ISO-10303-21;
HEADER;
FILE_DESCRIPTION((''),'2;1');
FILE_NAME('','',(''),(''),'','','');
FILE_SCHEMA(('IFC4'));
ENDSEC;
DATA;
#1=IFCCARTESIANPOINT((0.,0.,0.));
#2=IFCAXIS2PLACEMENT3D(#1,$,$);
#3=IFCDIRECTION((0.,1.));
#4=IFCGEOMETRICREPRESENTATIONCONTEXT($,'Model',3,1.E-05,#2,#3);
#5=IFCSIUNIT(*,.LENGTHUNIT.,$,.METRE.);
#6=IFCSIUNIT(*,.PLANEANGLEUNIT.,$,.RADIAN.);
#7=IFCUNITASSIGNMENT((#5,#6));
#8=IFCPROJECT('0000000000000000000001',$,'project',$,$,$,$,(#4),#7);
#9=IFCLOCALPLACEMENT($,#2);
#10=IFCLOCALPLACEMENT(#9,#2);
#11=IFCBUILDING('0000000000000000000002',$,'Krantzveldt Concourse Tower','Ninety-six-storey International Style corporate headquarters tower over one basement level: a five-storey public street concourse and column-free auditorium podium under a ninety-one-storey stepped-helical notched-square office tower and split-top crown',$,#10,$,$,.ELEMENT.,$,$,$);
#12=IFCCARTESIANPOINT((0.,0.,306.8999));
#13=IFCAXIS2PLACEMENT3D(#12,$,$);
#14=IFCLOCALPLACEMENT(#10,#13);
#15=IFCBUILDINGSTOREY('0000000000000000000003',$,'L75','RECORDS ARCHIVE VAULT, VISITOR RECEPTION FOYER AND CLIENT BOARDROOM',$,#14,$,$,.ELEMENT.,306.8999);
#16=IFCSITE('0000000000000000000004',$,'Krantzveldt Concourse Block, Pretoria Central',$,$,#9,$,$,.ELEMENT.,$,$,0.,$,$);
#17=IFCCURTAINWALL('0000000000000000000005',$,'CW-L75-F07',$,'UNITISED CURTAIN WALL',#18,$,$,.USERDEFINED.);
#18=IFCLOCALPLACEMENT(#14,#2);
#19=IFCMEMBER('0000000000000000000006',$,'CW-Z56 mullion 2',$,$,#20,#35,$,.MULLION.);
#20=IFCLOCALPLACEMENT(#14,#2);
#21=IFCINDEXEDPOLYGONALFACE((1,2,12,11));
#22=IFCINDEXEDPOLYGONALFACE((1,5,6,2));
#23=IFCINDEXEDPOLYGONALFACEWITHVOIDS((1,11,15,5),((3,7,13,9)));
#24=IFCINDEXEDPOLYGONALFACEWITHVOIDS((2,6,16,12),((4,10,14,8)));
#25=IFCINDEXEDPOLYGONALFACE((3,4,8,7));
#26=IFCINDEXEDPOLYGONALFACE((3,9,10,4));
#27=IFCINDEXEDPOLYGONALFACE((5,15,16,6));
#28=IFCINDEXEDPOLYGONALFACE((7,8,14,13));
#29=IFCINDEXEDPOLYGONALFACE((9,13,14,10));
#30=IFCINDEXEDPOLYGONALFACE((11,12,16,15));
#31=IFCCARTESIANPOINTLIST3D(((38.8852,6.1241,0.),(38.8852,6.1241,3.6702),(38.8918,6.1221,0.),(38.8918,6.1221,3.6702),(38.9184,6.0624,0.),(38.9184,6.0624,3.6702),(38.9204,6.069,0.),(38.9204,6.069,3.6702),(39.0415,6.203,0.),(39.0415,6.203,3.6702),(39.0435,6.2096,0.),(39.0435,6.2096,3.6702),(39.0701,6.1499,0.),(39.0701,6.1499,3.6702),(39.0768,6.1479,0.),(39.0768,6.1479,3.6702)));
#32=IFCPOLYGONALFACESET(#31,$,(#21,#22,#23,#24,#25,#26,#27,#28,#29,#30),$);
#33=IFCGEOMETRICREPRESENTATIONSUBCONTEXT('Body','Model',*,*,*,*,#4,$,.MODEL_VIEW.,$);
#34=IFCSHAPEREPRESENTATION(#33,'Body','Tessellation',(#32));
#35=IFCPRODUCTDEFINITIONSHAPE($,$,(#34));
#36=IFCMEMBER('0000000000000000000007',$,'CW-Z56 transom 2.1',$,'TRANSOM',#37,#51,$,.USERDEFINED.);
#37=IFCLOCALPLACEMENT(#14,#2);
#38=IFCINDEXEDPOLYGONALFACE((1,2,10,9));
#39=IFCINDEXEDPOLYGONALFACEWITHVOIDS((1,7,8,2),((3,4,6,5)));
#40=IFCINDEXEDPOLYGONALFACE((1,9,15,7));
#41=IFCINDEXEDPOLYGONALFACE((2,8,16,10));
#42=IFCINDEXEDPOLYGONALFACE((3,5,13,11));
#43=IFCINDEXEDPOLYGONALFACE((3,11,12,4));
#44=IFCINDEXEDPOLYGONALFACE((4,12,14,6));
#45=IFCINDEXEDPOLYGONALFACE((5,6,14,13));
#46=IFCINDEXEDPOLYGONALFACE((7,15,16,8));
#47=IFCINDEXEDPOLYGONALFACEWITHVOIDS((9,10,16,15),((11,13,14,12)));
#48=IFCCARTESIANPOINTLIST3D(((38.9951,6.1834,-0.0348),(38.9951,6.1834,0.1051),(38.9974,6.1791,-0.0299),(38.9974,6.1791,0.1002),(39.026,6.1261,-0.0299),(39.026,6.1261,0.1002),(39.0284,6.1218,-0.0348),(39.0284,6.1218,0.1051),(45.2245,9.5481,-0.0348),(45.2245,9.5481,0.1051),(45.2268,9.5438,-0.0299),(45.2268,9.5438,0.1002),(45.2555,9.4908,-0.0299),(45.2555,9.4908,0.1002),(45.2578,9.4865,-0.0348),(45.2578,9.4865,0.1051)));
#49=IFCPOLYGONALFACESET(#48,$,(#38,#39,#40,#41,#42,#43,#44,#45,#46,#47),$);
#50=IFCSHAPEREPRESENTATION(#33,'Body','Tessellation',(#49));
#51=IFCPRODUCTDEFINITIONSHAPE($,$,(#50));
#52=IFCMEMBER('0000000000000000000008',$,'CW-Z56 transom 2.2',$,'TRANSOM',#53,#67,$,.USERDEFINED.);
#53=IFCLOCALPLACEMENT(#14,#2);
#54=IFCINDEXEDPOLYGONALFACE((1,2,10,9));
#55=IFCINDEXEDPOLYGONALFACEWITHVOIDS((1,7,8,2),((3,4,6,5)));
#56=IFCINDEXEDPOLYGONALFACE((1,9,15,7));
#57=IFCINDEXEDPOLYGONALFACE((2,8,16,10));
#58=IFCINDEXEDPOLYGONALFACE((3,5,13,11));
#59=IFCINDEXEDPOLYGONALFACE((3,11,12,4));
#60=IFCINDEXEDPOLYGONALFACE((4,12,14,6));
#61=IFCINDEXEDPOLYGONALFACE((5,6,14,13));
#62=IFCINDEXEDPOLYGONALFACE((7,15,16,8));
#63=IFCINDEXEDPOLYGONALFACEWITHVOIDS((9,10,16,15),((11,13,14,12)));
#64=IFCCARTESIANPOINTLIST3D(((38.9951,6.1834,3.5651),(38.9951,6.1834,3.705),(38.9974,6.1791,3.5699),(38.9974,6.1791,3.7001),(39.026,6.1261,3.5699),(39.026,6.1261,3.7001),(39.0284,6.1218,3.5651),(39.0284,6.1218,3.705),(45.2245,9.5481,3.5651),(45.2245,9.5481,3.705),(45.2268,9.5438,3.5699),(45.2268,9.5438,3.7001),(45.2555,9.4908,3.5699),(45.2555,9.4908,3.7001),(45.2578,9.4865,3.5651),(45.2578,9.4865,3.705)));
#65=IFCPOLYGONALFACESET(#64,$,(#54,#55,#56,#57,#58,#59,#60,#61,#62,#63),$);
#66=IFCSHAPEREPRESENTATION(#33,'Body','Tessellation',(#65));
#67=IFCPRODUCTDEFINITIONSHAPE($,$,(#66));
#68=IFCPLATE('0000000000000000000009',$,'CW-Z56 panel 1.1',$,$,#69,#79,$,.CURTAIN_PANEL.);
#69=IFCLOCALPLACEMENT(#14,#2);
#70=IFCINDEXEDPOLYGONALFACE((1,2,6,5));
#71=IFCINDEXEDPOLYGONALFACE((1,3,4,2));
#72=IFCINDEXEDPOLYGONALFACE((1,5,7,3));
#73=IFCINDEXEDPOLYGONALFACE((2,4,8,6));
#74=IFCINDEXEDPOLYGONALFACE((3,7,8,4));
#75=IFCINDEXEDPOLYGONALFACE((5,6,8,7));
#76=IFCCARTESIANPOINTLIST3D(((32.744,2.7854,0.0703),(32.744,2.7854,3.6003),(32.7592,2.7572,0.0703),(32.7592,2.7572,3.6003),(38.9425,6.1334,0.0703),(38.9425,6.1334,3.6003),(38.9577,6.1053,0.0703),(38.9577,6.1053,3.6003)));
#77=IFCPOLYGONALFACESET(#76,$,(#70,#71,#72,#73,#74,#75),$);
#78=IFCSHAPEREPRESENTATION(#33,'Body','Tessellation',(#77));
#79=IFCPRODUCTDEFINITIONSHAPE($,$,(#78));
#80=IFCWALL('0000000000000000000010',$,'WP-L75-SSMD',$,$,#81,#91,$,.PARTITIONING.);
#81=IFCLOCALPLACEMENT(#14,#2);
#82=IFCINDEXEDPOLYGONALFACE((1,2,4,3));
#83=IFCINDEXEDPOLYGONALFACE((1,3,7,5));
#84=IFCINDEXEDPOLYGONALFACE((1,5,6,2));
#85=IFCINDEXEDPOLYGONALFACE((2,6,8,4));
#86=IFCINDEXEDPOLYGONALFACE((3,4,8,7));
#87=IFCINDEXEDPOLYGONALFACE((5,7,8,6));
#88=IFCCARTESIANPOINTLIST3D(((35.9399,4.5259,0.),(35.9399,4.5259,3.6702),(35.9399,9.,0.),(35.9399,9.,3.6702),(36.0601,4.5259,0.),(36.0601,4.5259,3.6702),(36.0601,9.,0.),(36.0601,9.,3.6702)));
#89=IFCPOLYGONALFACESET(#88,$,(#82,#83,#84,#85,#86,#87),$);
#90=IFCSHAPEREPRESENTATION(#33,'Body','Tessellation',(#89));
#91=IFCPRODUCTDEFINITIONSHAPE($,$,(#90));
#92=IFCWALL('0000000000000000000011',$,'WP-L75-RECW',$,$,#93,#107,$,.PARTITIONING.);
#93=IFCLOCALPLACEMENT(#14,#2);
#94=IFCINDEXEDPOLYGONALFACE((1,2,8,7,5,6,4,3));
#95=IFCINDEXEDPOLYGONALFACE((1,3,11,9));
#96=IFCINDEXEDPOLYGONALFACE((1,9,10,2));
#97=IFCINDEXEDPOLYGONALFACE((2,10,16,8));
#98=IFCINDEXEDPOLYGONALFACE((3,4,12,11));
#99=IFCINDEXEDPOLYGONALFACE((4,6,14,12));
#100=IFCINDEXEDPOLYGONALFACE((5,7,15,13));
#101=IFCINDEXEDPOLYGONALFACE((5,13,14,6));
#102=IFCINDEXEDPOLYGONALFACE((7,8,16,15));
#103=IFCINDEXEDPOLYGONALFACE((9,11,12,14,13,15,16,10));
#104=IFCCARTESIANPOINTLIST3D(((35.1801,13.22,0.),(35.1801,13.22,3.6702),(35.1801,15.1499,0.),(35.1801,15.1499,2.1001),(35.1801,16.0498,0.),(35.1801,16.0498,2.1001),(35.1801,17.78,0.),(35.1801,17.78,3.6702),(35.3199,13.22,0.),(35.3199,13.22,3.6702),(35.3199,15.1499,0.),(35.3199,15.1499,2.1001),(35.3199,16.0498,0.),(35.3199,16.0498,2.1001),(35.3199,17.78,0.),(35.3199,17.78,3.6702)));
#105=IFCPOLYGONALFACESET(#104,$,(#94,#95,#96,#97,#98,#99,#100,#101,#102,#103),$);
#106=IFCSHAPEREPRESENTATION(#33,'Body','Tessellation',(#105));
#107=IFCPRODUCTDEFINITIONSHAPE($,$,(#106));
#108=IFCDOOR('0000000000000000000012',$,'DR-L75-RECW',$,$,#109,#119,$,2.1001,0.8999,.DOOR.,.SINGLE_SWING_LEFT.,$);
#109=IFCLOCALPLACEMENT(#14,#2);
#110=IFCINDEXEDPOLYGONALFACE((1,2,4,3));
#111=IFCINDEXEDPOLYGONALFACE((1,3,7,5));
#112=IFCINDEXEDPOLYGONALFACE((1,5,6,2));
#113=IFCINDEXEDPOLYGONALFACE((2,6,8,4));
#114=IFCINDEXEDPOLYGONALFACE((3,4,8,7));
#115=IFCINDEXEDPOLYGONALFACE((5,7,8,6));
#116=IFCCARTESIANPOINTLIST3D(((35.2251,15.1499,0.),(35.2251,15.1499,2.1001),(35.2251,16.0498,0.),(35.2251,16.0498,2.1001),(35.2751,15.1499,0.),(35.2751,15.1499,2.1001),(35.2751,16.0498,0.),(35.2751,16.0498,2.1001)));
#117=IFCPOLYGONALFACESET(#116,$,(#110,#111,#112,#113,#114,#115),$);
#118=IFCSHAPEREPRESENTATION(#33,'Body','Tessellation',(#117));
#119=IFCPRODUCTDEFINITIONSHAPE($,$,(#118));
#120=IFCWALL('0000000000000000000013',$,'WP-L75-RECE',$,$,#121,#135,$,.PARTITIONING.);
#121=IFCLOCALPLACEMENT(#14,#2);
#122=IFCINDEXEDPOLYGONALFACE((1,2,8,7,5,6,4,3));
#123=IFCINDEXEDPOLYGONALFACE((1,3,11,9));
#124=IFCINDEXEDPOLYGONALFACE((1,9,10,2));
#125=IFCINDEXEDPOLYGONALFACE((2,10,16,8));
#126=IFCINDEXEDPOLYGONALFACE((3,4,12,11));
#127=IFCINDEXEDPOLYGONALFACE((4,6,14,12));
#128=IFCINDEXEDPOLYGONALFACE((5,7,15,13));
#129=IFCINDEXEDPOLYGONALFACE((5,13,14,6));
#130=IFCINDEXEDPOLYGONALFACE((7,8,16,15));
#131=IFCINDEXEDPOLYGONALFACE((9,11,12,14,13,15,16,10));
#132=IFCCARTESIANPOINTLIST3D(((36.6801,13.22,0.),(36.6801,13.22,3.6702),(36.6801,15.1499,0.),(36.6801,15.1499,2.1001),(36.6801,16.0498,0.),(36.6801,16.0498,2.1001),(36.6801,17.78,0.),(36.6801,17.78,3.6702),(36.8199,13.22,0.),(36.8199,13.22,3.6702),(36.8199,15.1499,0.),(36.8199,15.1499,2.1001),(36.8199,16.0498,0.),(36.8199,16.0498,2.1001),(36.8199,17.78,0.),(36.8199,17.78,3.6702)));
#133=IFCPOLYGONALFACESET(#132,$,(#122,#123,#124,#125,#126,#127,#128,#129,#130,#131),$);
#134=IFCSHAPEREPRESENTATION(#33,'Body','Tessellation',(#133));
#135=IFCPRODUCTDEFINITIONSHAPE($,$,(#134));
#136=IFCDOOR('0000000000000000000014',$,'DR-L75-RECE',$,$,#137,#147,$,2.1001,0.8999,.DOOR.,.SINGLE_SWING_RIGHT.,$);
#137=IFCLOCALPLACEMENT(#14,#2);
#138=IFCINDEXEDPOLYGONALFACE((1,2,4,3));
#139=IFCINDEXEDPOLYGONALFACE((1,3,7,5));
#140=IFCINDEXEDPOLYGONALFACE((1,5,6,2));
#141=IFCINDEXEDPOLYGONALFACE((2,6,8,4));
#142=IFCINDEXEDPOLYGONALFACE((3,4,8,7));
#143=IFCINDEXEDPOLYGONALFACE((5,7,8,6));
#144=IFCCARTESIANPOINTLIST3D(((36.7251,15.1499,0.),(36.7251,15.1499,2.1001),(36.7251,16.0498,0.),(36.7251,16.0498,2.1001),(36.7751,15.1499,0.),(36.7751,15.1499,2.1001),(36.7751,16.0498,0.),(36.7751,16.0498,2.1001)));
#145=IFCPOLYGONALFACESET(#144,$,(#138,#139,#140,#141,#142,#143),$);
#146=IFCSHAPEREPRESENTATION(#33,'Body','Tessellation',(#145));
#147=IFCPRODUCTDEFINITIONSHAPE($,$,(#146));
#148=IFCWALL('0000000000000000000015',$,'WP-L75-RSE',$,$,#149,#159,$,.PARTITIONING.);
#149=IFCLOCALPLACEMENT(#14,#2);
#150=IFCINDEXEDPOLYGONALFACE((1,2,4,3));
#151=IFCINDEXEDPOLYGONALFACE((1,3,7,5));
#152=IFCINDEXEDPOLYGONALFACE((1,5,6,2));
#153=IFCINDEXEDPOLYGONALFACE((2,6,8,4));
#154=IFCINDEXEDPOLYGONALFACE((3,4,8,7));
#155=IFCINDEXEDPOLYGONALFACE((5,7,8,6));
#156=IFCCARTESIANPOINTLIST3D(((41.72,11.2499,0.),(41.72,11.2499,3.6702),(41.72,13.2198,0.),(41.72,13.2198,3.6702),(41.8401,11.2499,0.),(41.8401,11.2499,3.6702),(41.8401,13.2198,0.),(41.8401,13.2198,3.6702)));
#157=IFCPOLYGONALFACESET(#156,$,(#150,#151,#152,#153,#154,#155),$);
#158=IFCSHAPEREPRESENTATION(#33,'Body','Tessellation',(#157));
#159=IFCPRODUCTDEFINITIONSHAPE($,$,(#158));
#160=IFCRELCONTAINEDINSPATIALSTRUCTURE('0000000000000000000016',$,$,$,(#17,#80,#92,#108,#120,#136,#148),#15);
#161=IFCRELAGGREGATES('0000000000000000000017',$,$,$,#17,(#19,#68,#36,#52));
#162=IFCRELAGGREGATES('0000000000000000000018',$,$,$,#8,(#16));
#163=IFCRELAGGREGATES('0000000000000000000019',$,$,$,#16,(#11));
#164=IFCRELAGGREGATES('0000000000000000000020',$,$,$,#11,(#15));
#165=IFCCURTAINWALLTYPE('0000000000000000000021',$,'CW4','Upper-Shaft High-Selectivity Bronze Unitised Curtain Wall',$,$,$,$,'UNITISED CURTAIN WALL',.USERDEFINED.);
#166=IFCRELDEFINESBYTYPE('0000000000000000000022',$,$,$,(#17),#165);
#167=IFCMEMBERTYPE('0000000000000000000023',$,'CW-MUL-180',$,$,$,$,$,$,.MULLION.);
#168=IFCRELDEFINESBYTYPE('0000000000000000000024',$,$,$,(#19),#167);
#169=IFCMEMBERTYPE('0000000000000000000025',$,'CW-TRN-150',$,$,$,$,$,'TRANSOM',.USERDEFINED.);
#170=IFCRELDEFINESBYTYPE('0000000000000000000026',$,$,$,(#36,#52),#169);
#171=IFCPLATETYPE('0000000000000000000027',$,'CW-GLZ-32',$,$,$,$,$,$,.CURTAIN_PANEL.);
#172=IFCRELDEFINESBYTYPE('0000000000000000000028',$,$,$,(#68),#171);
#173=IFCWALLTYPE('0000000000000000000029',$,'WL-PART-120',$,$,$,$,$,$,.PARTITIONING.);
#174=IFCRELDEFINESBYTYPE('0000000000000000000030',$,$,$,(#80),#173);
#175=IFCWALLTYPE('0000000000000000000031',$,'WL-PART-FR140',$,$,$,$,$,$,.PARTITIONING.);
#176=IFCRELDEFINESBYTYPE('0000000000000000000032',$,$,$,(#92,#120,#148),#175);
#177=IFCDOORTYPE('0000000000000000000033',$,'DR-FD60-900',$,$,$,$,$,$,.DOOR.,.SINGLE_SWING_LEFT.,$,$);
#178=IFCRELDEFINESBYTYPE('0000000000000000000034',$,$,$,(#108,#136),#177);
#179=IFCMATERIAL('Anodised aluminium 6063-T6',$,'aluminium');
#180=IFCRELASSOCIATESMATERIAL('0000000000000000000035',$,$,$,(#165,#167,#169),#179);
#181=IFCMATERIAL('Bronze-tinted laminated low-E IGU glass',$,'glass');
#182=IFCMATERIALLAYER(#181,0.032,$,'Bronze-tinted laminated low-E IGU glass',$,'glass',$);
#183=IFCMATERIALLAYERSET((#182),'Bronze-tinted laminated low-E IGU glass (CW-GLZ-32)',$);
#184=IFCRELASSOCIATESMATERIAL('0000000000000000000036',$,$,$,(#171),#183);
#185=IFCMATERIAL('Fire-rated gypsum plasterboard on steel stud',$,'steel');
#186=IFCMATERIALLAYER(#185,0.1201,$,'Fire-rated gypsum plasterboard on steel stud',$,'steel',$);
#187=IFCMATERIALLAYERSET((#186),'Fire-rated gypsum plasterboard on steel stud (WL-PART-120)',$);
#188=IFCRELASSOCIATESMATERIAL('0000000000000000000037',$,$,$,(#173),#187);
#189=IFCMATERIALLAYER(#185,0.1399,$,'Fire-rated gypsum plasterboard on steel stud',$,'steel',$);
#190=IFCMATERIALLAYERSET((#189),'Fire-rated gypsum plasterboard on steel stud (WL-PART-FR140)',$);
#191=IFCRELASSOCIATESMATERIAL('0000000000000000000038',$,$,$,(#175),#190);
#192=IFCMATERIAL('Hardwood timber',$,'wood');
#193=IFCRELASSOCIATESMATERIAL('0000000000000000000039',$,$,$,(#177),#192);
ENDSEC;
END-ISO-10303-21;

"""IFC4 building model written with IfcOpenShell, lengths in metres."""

from ifc_helpers import new_model, si_unit, direction, frame, frame_2d, origin, origin_2d, place, context, subcontext, project, spatial, rectangle, hollow_rectangle, extrude, source, transform, mapped, material, layer, layer_set, material_profile, profile_set, type_object, type_shapes, element, fill, aggregate, save


model = new_model("IFC4")

# Units and contexts
model_context = context("Model", 3, precision=1e-05, world=origin(), true_north=direction((0.0, 1.0)))
body_context = subcontext(model_context, "Body", "Model", "MODEL_VIEW")
ifc_project = project(units=[si_unit("LENGTHUNIT", "METRE"), si_unit("PLANEANGLEUNIT", "RADIAN")], contexts=[model_context])

# Site, building, storey
site_placement = place(None, origin())
site = spatial("IfcSite", under=ifc_project, at=site_placement, Name="Krantzveldt Concourse Block, Pretoria Central", CompositionType="ELEMENT", RefElevation=0.0)
building_placement = place(site_placement, origin())
building = spatial("IfcBuilding", under=site, at=building_placement, Name="Krantzveldt Concourse Tower", Description="Ninety-six-storey International Style corporate headquarters tower over one basement level: a five-storey public street concourse and column-free auditorium podium under a ninety-one-storey stepped-helical notched-square office tower and split-top crown", CompositionType="ELEMENT")
storey_placement = place(building_placement, frame((0.0, 0.0, 306.8999)))
storey = spatial("IfcBuildingStorey", under=building, at=storey_placement, Name="L75", Description="RECORDS ARCHIVE VAULT, VISITOR RECEPTION FOYER AND CLIENT BOARDROOM", CompositionType="ELEMENT", Elevation=306.8999)

# Curtain wall, members, plate
ifc_material_1 = material(Name="Anodised aluminium 6063-T6", Category="aluminium")
curtain_wall_type = type_object("IfcCurtainWallType", Name="CW4", Description="Upper-Shaft High-Selectivity Bronze Unitised Curtain Wall", ElementType="UNITISED CURTAIN WALL", PredefinedType="USERDEFINED", material=ifc_material_1)
curtain_wall_placement = place(storey_placement, origin())
curtain_wall = element("IfcCurtainWall", 1, at=curtain_wall_placement, inside=storey, type_object=curtain_wall_type, Name="CW-L75-F07", ObjectType="UNITISED CURTAIN WALL", PredefinedType="USERDEFINED")
ifc_material_profile_1 = material_profile(ifc_material_1, hollow_rectangle(XDim=0.0701, YDim=0.1799, WallThickness=0.0049, at=origin_2d()), Name="Anodised aluminium 6063-T6", Category="aluminium")
ifc_profile_set_1 = profile_set([ifc_material_profile_1], Name="Anodised aluminium 6063-T6 - ALU-MULL 180x70x5")
member_type_1 = type_object("IfcMemberType", Name="CW-MUL-180", PredefinedType="MULLION", material=ifc_profile_set_1)
shared_shape_1 = source(origin(), body_context, "Body", "SweptSolid", [
    extrude(hollow_rectangle(XDim=0.0701, YDim=0.1799, WallThickness=0.0049, at=origin_2d()), origin(), (0.0, 0.0, 1.0), 3.6702),
])
type_shapes(member_type_1, [shared_shape_1])
member_1_placement = place(storey_placement, frame((38.981, 6.136, 0.0), z_axis=(0.0, 0.0, 1.0), x_axis=(-0.47524, 0.879856, 0.0)))
member_1 = element("IfcMember", 2, at=member_1_placement, type_object=member_type_1, Name="CW-Z56 mullion 2", PredefinedType="MULLION", context=body_context, shape_type="MappedRepresentation", body=[
    mapped(shared_shape_1, transform((0.0, 0.0, 0.0), x_axis=(1.0, 0.0, 0.0), y_axis=(0.0, 1.0, 0.0), z_axis=(0.0, 0.0, 1.0), scale=1.0)),
])
ifc_material_profile_2 = material_profile(ifc_material_1, hollow_rectangle(XDim=0.0701, YDim=0.1399, WallThickness=0.0049, at=origin_2d()), Name="Anodised aluminium 6063-T6", Category="aluminium")
ifc_profile_set_2 = profile_set([ifc_material_profile_2], Name="Anodised aluminium 6063-T6 - ALU-TRAN 140x70x5")
member_type_2 = type_object("IfcMemberType", Name="CW-TRN-150", ElementType="TRANSOM", PredefinedType="USERDEFINED", material=ifc_profile_set_2)
shared_shape_2 = source(origin(), body_context, "Body", "SweptSolid", [
    extrude(hollow_rectangle(XDim=0.0701, YDim=0.1399, WallThickness=0.0049, at=origin_2d()), origin(), (0.0, 0.0, 1.0), 7.0801),
])
type_shapes(member_type_2, [shared_shape_2])
member_2_placement = place(storey_placement, frame((39.0117, 6.1526, 0.0352), z_axis=(0.879857, 0.475239, 0.0), x_axis=(-0.475239, 0.879857, 0.0)))
member_2 = element("IfcMember", 3, at=member_2_placement, type_object=member_type_2, Name="CW-Z56 transom 2.1", ObjectType="TRANSOM", PredefinedType="USERDEFINED", context=body_context, shape_type="MappedRepresentation", body=[
    mapped(shared_shape_2, transform((0.0, 0.0, 0.0), x_axis=(1.0, 0.0, 0.0), y_axis=(0.0, 1.0, 0.0), z_axis=(0.0, 0.0, 1.0), scale=1.0)),
])
member_3_placement = place(storey_placement, frame((39.0117, 6.1526, 3.635), z_axis=(0.879857, 0.475239, 0.0), x_axis=(-0.475239, 0.879857, 0.0)))
member_3 = element("IfcMember", 4, at=member_3_placement, type_object=member_type_2, Name="CW-Z56 transom 2.2", ObjectType="TRANSOM", PredefinedType="USERDEFINED", context=body_context, shape_type="MappedRepresentation", body=[
    mapped(shared_shape_2, transform((0.0, 0.0, 0.0), x_axis=(1.0, 0.0, 0.0), y_axis=(0.0, 1.0, 0.0), z_axis=(0.0, 0.0, 1.0), scale=1.0)),
])
ifc_material_2 = material(Name="Bronze-tinted laminated low-E IGU glass", Category="glass")
ifc_layer_1 = layer(ifc_material_2, 0.032, Name="Bronze-tinted laminated low-E IGU glass", Category="glass")
ifc_layer_set_1 = layer_set([ifc_layer_1], Name="Bronze-tinted laminated low-E IGU glass (CW-GLZ-32)")
plate_type = type_object("IfcPlateType", Name="CW-GLZ-32", PredefinedType="CURTAIN_PANEL", material=ifc_layer_set_1)
shared_shape_3 = source(origin(), body_context, "Body", "SweptSolid", [
    extrude(rectangle(XDim=7.0449, YDim=0.032, at=origin_2d()), origin(), (0.0, 0.0, 1.0), 3.53),
])
type_shapes(plate_type, [shared_shape_3])
plate_placement = place(storey_placement, frame((35.8508, 4.4453, 0.0703), z_axis=(0.0, 0.0, 1.0), x_axis=(0.879856, 0.47524, 0.0)))
plate = element("IfcPlate", 5, at=plate_placement, type_object=plate_type, Name="CW-Z56 panel 1.1", PredefinedType="CURTAIN_PANEL", context=body_context, shape_type="MappedRepresentation", body=[
    mapped(shared_shape_3, transform((0.0, 0.0, 0.0), x_axis=(1.0, 0.0, 0.0), y_axis=(0.0, 1.0, 0.0), z_axis=(0.0, 0.0, 1.0), scale=1.0)),
])
aggregate(curtain_wall, [member_1, plate, member_2, member_3])

# Wall
ifc_material_3 = material(Name="Fire-rated gypsum plasterboard on steel stud", Category="steel")
ifc_layer_2 = layer(ifc_material_3, 0.1201, Name="Fire-rated gypsum plasterboard on steel stud", Category="steel")
ifc_layer_set_2 = layer_set([ifc_layer_2], Name="Fire-rated gypsum plasterboard on steel stud (WL-PART-120)")
wall_type_1 = type_object("IfcWallType", Name="WL-PART-120", PredefinedType="PARTITIONING", material=ifc_layer_set_2)
wall_1_placement = place(storey_placement, frame((36.0, 4.5259, 0.0), z_axis=(0.0, 0.0, 1.0), x_axis=(0.0, 1.0, 0.0)))
element("IfcWall", 6, at=wall_1_placement, inside=storey, type_object=wall_type_1, Name="WP-L75-SSMD", PredefinedType="PARTITIONING", context=body_context, shape_type="SweptSolid", body=[
    extrude(rectangle(XDim=4.4741, YDim=0.1201, at=frame_2d((2.2371, 0.0))), origin(), (0.0, 0.0, 1.0), 3.6702),
])

# Walls, openings, doors
ifc_layer_3 = layer(ifc_material_3, 0.1399, Name="Fire-rated gypsum plasterboard on steel stud", Category="steel")
ifc_layer_set_3 = layer_set([ifc_layer_3], Name="Fire-rated gypsum plasterboard on steel stud (WL-PART-FR140)")
wall_type_2 = type_object("IfcWallType", Name="WL-PART-FR140", PredefinedType="PARTITIONING", material=ifc_layer_set_3)
wall_2_placement = place(storey_placement, frame((35.25, 13.22, 0.0), z_axis=(0.0, 0.0, 1.0), x_axis=(0.0, 1.0, 0.0)))
wall_2 = element("IfcWall", 7, at=wall_2_placement, inside=storey, type_object=wall_type_2, Name="WP-L75-RECW", PredefinedType="PARTITIONING", context=body_context, shape_type="SweptSolid", body=[
    extrude(rectangle(XDim=4.5601, YDim=0.1399, at=frame_2d((2.28, 0.0))), origin(), (0.0, 0.0, 1.0), 3.6702),
])
opening_1_placement = place(wall_2_placement, frame((1.9299, 0.0, 0.0)))
opening_1 = element("IfcOpeningElement", 8, at=opening_1_placement, cuts=wall_2, PredefinedType="OPENING", context=body_context, shape_type="SweptSolid", body=[
    extrude(rectangle(XDim=0.8999, YDim=2.1001, at=frame_2d((0.45, 1.05))), frame((0.0, 0.0801, 0.0), z_axis=(0.0, -1.0, 0.0), x_axis=(1.0, 0.0, 0.0)), (0.0, 0.0, 1.0), 0.1599),
])
ifc_material_4 = material(Name="Hardwood timber", Category="wood")
door_type_1 = type_object("IfcDoorType", Name="DR-FD60-900", OperationType="SINGLE_SWING_LEFT", PredefinedType="DOOR", material=ifc_material_4)
door_1_placement = place(opening_1_placement, origin())
door_1 = element("IfcDoor", 9, at=door_1_placement, inside=storey, type_object=door_type_1, Name="DR-L75-RECW", OperationType="SINGLE_SWING_LEFT", OverallHeight=2.1001, OverallWidth=0.8999, PredefinedType="DOOR", context=body_context, shape_type="SweptSolid", body=[
    extrude(rectangle(XDim=0.8999, YDim=2.1001, at=frame_2d((0.45, 1.05))), frame((0.0, 0.0249, 0.0), z_axis=(0.0, -1.0, 0.0), x_axis=(1.0, 0.0, 0.0)), (0.0, 0.0, 1.0), 0.05),
])
fill(opening_1, door_1)
wall_3_placement = place(storey_placement, frame((36.75, 13.22, 0.0), z_axis=(0.0, 0.0, 1.0), x_axis=(0.0, 1.0, 0.0)))
wall_3 = element("IfcWall", 10, at=wall_3_placement, inside=storey, type_object=wall_type_2, Name="WP-L75-RECE", PredefinedType="PARTITIONING", context=body_context, shape_type="SweptSolid", body=[
    extrude(rectangle(XDim=4.5601, YDim=0.1399, at=frame_2d((2.28, 0.0))), origin(), (0.0, 0.0, 1.0), 3.6702),
])
opening_2_placement = place(wall_3_placement, frame((1.9299, 0.0, 0.0)))
opening_2 = element("IfcOpeningElement", 11, at=opening_2_placement, cuts=wall_3, PredefinedType="OPENING", context=body_context, shape_type="SweptSolid", body=[
    extrude(rectangle(XDim=0.8999, YDim=2.1001, at=frame_2d((0.45, 1.05))), frame((0.0, 0.0801, 0.0), z_axis=(0.0, -1.0, 0.0), x_axis=(1.0, 0.0, 0.0)), (0.0, 0.0, 1.0), 0.1599),
])
door_2_placement = place(opening_2_placement, origin())
door_2 = element("IfcDoor", 12, at=door_2_placement, inside=storey, type_object=door_type_1, Name="DR-L75-RECE", OperationType="SINGLE_SWING_RIGHT", OverallHeight=2.1001, OverallWidth=0.8999, PredefinedType="DOOR", context=body_context, shape_type="SweptSolid", body=[
    extrude(rectangle(XDim=0.8999, YDim=2.1001, at=frame_2d((0.45, 1.05))), frame((0.0, 0.0249, 0.0), z_axis=(0.0, -1.0, 0.0), x_axis=(1.0, 0.0, 0.0)), (0.0, 0.0, 1.0), 0.05),
])
fill(opening_2, door_2)

# Wall
wall_4_placement = place(storey_placement, frame((41.78, 11.25, 0.0), z_axis=(0.0, 0.0, 1.0), x_axis=(0.0, 1.0, 0.0)))
element("IfcWall", 13, at=wall_4_placement, inside=storey, type_object=wall_type_2, Name="WP-L75-RSE", PredefinedType="PARTITIONING", context=body_context, shape_type="SweptSolid", body=[
    extrude(rectangle(XDim=1.97, YDim=0.1201, at=frame_2d((0.9849, 0.0))), origin(), (0.0, 0.0, 1.0), 3.6702),
])

save(model, "model.ifc")
